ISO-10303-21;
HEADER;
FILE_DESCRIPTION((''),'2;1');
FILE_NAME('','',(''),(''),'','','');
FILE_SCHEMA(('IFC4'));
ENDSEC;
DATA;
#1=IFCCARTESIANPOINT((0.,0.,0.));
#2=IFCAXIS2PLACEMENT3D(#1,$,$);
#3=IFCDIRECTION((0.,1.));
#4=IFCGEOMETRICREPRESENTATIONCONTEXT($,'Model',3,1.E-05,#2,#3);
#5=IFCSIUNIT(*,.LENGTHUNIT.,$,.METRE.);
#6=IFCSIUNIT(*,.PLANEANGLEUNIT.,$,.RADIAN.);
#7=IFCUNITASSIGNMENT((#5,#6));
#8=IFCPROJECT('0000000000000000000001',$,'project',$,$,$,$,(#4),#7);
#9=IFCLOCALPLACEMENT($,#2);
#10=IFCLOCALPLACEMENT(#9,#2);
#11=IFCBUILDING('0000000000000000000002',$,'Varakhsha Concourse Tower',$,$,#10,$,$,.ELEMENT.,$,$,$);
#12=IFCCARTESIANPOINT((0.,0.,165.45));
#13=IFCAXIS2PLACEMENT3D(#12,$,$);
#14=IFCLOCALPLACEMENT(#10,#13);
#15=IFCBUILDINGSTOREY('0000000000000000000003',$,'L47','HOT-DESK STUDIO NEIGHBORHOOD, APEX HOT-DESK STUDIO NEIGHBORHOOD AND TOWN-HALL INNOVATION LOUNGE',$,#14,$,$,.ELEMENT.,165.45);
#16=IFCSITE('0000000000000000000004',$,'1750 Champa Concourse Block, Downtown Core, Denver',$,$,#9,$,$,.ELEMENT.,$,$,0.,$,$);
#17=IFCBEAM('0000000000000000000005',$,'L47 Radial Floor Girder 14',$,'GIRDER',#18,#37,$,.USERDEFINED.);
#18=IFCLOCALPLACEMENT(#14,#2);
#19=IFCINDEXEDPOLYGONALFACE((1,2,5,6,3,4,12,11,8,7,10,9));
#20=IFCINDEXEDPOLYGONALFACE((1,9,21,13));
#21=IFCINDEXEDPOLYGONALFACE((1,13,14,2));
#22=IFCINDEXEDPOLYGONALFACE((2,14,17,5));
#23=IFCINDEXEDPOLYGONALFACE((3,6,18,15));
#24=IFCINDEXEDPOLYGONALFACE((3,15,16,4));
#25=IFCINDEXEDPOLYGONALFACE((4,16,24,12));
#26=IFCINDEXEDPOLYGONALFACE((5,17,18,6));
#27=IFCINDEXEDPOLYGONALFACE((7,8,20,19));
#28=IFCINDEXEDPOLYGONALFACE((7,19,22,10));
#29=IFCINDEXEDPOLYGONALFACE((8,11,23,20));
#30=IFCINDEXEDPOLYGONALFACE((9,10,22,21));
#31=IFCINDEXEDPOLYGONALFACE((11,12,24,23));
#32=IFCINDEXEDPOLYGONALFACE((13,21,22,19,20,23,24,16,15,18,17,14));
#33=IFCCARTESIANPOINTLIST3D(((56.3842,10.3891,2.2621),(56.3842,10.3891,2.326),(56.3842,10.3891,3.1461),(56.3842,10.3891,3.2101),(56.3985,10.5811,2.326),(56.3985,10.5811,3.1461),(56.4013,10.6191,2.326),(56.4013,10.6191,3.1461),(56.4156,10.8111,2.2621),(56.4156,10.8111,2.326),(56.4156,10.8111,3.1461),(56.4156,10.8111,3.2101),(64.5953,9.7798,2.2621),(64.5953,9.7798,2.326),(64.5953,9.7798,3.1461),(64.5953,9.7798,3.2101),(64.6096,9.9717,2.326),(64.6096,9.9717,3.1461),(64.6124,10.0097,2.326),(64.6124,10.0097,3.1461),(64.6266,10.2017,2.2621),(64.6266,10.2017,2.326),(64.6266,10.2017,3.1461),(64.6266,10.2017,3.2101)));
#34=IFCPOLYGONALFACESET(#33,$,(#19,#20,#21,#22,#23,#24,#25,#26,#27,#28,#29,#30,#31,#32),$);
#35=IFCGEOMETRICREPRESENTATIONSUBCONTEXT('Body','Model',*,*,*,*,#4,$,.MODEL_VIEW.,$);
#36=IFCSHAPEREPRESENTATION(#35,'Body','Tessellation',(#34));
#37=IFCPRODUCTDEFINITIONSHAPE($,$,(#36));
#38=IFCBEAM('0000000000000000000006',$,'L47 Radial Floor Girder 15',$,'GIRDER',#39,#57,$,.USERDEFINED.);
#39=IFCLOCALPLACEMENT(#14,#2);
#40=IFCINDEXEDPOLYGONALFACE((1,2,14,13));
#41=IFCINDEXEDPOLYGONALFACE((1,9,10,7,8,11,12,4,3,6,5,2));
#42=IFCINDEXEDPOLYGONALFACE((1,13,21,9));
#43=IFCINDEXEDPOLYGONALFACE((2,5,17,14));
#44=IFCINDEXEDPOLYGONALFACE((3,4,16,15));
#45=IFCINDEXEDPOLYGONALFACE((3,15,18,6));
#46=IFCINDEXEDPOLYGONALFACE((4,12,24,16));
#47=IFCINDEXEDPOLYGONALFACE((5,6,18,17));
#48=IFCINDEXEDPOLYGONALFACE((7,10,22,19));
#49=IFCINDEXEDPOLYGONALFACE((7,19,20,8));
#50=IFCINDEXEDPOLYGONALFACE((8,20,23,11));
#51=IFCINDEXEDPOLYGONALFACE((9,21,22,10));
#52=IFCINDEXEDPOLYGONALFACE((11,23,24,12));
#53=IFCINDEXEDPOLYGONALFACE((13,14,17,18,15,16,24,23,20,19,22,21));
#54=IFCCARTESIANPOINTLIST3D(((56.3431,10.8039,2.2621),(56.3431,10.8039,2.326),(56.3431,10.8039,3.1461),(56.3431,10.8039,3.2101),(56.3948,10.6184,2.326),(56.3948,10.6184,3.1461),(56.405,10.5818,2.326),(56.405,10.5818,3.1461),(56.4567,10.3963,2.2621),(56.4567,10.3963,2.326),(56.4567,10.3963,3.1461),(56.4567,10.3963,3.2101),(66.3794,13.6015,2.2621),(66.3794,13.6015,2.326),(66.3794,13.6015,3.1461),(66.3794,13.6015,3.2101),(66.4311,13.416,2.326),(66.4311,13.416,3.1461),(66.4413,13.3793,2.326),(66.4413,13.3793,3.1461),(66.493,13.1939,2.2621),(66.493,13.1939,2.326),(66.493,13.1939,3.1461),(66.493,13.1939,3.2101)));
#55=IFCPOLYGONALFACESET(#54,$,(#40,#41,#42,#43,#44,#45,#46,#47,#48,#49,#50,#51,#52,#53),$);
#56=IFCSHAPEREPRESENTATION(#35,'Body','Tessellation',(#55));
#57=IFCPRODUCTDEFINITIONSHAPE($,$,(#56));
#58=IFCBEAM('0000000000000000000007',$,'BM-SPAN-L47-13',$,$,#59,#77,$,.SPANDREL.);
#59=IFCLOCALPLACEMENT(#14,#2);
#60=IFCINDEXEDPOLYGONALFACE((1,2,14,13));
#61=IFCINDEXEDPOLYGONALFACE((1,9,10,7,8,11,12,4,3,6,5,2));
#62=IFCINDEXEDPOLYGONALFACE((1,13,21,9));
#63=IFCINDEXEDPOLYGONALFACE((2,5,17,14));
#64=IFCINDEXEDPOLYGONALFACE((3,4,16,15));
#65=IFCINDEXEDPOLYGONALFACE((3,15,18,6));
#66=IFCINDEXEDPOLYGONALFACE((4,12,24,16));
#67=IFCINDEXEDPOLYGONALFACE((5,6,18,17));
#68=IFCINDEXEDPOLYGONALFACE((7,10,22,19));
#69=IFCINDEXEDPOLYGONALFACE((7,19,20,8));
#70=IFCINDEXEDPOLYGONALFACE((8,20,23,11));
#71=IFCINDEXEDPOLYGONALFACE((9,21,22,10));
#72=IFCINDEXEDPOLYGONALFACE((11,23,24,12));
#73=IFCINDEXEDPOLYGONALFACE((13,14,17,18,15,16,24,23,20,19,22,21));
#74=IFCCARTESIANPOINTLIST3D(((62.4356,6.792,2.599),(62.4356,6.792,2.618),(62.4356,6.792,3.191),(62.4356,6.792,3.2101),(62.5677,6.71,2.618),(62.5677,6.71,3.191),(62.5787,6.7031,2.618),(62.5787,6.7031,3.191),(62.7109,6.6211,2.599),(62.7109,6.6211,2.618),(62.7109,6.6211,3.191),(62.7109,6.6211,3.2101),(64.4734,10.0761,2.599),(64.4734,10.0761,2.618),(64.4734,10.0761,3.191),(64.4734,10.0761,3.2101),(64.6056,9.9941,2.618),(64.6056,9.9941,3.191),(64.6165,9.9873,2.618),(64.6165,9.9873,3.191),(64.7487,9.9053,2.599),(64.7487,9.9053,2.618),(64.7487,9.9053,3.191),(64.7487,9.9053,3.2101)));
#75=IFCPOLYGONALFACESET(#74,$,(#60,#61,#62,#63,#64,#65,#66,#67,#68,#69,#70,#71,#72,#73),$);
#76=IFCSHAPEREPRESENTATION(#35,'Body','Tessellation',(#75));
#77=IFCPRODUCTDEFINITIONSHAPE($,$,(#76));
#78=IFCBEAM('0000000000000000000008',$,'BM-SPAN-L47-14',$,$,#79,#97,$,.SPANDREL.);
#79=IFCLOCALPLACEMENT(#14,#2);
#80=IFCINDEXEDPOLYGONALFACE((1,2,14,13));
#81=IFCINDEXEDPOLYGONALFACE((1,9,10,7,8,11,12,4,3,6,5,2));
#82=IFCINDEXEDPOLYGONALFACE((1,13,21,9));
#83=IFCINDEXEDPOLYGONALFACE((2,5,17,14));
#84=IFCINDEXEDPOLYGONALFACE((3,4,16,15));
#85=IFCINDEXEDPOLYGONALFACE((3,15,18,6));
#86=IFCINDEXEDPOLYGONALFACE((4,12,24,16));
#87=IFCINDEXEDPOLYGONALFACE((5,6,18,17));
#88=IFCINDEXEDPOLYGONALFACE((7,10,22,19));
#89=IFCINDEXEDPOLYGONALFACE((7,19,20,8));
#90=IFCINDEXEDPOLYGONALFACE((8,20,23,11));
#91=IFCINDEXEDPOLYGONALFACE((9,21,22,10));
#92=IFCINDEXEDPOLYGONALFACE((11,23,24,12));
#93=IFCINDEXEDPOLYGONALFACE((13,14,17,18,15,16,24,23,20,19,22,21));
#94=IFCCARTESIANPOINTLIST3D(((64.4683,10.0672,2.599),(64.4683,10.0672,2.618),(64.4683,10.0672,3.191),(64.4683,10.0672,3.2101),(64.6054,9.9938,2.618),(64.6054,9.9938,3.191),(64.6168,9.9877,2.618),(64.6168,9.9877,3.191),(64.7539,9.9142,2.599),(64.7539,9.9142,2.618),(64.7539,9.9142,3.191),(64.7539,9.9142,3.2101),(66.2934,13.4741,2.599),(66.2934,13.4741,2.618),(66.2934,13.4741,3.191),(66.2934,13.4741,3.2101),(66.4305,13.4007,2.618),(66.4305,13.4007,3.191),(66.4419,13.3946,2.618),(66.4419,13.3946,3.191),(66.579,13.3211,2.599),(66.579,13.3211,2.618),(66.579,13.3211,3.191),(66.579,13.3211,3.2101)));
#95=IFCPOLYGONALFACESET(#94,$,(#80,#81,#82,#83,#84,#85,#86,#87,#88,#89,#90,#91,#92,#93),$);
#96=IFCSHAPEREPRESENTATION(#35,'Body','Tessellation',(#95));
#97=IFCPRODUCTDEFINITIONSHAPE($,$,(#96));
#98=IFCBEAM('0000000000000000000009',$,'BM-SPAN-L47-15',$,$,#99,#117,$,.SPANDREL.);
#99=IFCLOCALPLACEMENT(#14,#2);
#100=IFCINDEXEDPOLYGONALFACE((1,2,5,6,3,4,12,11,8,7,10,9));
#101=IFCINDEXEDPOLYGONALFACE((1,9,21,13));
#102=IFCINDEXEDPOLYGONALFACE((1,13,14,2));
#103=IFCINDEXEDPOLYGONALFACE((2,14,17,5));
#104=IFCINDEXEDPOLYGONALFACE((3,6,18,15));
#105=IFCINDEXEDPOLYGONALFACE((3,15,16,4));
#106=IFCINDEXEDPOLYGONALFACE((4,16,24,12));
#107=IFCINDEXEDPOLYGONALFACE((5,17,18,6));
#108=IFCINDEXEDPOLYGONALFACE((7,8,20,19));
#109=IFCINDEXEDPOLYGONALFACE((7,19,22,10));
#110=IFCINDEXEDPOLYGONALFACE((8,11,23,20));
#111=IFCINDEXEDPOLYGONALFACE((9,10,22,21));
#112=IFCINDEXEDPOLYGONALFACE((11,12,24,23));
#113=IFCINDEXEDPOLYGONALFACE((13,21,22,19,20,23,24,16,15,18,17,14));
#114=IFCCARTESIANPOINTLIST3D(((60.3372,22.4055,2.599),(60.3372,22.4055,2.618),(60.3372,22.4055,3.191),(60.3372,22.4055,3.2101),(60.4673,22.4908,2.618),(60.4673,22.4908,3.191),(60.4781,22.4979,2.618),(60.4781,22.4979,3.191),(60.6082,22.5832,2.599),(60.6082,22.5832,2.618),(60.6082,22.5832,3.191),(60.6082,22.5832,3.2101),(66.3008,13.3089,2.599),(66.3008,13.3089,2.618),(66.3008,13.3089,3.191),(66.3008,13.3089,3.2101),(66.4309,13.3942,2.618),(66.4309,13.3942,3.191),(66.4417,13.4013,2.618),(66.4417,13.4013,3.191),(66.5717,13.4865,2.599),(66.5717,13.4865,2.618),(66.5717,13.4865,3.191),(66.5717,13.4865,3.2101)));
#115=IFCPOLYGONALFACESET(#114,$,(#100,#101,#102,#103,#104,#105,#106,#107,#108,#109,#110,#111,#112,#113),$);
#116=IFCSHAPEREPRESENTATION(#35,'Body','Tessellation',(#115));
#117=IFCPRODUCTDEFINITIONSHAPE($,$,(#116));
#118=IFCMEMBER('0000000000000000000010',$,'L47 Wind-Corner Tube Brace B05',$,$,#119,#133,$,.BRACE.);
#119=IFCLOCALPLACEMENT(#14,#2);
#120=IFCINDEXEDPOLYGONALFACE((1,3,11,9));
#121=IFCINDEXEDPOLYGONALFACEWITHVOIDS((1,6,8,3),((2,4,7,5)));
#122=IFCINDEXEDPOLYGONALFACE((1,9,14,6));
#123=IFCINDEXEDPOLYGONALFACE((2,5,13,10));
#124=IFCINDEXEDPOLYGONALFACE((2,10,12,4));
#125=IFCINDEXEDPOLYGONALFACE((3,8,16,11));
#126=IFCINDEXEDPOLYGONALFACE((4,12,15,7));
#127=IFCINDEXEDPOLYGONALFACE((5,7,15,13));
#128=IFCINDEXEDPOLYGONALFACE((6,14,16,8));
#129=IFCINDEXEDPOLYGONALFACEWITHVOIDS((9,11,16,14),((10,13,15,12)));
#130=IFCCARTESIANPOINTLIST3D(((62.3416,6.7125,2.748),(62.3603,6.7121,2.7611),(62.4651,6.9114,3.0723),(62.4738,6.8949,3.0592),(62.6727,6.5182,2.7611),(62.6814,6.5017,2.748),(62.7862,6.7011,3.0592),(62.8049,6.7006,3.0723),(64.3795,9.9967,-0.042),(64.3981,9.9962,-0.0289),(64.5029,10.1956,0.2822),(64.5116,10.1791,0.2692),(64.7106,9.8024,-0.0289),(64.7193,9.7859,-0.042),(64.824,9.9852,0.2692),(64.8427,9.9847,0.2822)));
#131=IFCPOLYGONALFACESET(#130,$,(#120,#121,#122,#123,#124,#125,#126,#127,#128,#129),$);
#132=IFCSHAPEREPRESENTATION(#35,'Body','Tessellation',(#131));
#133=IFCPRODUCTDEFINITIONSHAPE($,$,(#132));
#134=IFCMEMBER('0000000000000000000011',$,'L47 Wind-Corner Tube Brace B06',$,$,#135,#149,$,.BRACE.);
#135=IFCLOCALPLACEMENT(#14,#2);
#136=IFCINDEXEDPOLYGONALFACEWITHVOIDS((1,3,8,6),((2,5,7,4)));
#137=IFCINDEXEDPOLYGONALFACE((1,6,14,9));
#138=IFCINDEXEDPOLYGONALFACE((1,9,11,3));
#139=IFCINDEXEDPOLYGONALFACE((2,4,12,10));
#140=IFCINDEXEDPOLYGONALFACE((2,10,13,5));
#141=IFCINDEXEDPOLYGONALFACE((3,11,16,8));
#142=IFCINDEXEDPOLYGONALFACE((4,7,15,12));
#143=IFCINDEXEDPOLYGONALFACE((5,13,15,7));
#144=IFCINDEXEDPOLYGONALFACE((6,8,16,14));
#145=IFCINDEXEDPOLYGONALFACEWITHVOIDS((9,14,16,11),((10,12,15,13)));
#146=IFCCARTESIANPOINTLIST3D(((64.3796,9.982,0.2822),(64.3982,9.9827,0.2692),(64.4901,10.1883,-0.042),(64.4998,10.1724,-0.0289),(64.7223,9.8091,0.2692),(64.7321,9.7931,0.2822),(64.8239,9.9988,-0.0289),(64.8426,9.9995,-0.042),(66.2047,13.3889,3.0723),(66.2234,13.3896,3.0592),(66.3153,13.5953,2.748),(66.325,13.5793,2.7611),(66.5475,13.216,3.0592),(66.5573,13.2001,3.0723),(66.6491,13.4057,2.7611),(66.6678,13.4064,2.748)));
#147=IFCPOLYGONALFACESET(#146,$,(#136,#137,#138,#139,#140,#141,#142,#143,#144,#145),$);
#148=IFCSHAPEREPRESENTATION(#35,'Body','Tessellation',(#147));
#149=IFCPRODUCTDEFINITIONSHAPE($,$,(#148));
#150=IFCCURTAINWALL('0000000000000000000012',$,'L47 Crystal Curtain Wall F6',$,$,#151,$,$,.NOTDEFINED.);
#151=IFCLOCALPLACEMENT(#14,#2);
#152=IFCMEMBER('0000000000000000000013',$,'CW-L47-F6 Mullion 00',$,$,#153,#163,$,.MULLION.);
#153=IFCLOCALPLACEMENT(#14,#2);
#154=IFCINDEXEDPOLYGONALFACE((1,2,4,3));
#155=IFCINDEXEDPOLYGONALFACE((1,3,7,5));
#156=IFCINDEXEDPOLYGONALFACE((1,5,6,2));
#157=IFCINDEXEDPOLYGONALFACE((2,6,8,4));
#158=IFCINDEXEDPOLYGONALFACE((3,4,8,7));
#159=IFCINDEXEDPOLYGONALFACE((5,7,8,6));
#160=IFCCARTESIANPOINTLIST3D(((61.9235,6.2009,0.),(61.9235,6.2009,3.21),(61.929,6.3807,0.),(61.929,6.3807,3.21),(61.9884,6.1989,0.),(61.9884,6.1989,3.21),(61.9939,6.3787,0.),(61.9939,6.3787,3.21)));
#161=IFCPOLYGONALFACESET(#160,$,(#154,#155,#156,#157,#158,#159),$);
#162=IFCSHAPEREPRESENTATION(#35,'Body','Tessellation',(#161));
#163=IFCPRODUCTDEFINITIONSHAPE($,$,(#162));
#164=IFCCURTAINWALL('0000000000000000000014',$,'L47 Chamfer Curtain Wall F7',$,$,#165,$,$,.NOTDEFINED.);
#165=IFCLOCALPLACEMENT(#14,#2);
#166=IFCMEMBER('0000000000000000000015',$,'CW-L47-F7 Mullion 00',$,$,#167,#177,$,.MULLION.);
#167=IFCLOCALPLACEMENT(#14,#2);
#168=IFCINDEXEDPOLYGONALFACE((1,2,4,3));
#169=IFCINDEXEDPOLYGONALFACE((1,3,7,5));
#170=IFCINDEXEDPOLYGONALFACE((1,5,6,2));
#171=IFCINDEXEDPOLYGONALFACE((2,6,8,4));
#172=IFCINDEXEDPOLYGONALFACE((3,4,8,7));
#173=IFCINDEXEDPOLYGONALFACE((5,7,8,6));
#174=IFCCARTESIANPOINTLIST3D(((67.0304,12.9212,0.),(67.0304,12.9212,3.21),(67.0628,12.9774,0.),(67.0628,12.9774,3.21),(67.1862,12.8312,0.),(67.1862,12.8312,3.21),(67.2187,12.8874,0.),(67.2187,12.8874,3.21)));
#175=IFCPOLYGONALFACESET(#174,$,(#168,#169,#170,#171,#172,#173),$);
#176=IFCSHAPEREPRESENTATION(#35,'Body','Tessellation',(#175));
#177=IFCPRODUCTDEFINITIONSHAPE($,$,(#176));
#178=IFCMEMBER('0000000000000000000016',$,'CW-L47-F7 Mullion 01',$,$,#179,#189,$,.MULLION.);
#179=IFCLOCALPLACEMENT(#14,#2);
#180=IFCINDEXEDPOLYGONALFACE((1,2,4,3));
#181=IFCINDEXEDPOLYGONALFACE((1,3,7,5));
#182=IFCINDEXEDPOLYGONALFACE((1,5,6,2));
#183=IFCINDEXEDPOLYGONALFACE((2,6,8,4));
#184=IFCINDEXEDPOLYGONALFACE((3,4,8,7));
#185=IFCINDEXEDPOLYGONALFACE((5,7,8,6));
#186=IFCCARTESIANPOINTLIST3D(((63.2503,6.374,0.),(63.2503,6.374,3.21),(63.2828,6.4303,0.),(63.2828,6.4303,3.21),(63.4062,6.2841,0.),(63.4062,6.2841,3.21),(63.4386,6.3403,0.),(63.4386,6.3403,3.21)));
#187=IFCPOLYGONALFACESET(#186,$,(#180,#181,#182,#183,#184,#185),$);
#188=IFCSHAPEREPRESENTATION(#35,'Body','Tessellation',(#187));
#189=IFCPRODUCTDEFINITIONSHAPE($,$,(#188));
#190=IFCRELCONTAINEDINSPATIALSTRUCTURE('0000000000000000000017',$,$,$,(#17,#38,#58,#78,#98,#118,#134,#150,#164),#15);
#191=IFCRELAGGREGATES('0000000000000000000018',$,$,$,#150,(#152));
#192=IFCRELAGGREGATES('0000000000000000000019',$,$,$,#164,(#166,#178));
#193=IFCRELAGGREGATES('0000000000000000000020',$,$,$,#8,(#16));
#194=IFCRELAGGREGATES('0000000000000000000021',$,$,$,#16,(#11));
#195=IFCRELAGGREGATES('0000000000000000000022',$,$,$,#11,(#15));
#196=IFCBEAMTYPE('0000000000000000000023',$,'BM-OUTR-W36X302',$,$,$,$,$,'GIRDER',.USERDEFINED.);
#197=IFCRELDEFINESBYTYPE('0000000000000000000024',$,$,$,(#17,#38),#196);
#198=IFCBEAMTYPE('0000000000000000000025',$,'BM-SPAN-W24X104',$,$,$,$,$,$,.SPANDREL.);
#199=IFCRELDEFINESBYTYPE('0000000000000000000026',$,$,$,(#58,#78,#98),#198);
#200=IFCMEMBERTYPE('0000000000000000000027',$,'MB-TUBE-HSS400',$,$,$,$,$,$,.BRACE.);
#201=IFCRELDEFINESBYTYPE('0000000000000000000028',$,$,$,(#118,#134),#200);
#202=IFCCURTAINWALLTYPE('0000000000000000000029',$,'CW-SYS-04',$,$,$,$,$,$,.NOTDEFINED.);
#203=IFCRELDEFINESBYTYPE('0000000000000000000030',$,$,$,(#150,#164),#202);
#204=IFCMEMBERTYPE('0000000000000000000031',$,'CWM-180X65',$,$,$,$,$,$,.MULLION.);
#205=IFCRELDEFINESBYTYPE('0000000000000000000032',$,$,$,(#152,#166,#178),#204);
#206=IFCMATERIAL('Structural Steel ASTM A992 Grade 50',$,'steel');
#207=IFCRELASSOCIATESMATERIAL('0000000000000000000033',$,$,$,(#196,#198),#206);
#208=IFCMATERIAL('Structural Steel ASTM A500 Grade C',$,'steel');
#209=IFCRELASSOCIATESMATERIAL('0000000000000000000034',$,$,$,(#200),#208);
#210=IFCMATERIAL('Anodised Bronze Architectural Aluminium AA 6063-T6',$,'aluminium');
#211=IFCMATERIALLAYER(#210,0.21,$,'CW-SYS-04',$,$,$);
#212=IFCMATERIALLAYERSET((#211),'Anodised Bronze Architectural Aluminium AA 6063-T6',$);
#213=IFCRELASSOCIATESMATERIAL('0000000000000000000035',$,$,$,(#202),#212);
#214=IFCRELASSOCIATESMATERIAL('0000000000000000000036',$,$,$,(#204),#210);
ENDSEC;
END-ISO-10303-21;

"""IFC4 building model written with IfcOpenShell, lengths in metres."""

from ifc_helpers import new_model, si_unit, direction, frame, origin, origin_2d, place, context, subcontext, project, spatial, rectangle, hollow_rectangle, i_section, extrude, source, transform, mapped, material, layer, layer_set, material_profile, profile_set, type_object, type_shapes, element, aggregate, save


model = new_model("IFC4")

# Units and contexts
model_context = context("Model", 3, precision=1e-05, world=origin(), true_north=direction((0.0, 1.0)))
body_context = subcontext(model_context, "Body", "Model", "MODEL_VIEW")
ifc_project = project(units=[si_unit("LENGTHUNIT", "METRE"), si_unit("PLANEANGLEUNIT", "RADIAN")], contexts=[model_context])

# Site, building, storey
site_placement = place(None, origin())
site = spatial("IfcSite", under=ifc_project, at=site_placement, Name="1750 Champa Concourse Block, Downtown Core, Denver", CompositionType="ELEMENT", RefElevation=0.0)
building_placement = place(site_placement, origin())
building = spatial("IfcBuilding", under=site, at=building_placement, Name="Varakhsha Concourse Tower", CompositionType="ELEMENT")
storey_placement = place(building_placement, frame((0.0, 0.0, 165.45)))
storey = spatial("IfcBuildingStorey", under=building, at=storey_placement, Name="L47", Description="HOT-DESK STUDIO NEIGHBORHOOD, APEX HOT-DESK STUDIO NEIGHBORHOOD AND TOWN-HALL INNOVATION LOUNGE", CompositionType="ELEMENT", Elevation=165.45)

# Shared definitions
ifc_material_1 = material(Name="Structural Steel ASTM A992 Grade 50", Category="steel")

# Beams
ifc_material_profile_1 = material_profile(ifc_material_1, i_section(OverallWidth=0.4231, OverallDepth=0.948, WebThickness=0.0381, FlangeThickness=0.064, at=origin_2d()), Name="W36X302")
ifc_profile_set_1 = profile_set([ifc_material_profile_1], Name="Structural Steel ASTM A992 Grade 50")
beam_type_1 = type_object("IfcBeamType", Name="BM-OUTR-W36X302", ElementType="GIRDER", PredefinedType="USERDEFINED", material=ifc_profile_set_1)
beam_1_placement = place(storey_placement, frame((56.3999, 10.6001, 2.7361), z_axis=(0.997258, -0.074009, 0.0), x_axis=(0.074009, 0.997258, 0.0)))
element("IfcBeam", 1, at=beam_1_placement, inside=storey, type_object=beam_type_1, Name="L47 Radial Floor Girder 14", ObjectType="GIRDER", PredefinedType="USERDEFINED", context=body_context, shape_type="SweptSolid", body=[
    extrude(i_section(OverallWidth=0.4231, OverallDepth=0.948, WebThickness=0.0381, FlangeThickness=0.064, at=origin_2d()), origin(), (0.0, 0.0, 1.0), 8.2336),
])
beam_2_placement = place(storey_placement, frame((56.3999, 10.6001, 2.7361), z_axis=(0.963277, 0.26851, 0.0), x_axis=(-0.26851, 0.963277, 0.0)))
element("IfcBeam", 2, at=beam_2_placement, inside=storey, type_object=beam_type_1, Name="L47 Radial Floor Girder 15", ObjectType="GIRDER", PredefinedType="USERDEFINED", context=body_context, shape_type="SweptSolid", body=[
    extrude(i_section(OverallWidth=0.4231, OverallDepth=0.948, WebThickness=0.0381, FlangeThickness=0.064, at=origin_2d()), origin(), (0.0, 0.0, 1.0), 10.4189),
])
ifc_material_profile_2 = material_profile(ifc_material_1, i_section(OverallWidth=0.324, OverallDepth=0.6111, WebThickness=0.0129, FlangeThickness=0.019, at=origin_2d()), Name="W24X104")
ifc_profile_set_2 = profile_set([ifc_material_profile_2], Name="Structural Steel ASTM A992 Grade 50")
beam_type_2 = type_object("IfcBeamType", Name="BM-SPAN-W24X104", PredefinedType="SPANDREL", material=ifc_profile_set_2)
for number, where, z_axis, x_axis, name in (
    (3, (62.5732, 6.7065, 2.9045), (0.527248, 0.849711, 0.0), (-0.849711, 0.527248, 0.0), "BM-SPAN-L47-13"),
    (4, (64.6111, 9.9907, 2.9045), (0.472227, 0.881477, 0.0), (-0.881477, 0.472227, 0.0), "BM-SPAN-L47-14"),
):
    element("IfcBeam", number, at=place(storey_placement, frame(where, z_axis=z_axis, x_axis=x_axis)), inside=storey, type_object=beam_type_2, Name=name, PredefinedType="SPANDREL", context=body_context, shape_type="SweptSolid", body=[
        extrude(i_section(OverallWidth=0.324, OverallDepth=0.6111, WebThickness=0.0129, FlangeThickness=0.019, at=origin_2d()), origin(), (0.0, 0.0, 1.0), 3.865),
    ])
beam_3_placement = place(storey_placement, frame((66.4363, 13.3977, 2.9045), z_axis=(-0.548266, 0.836304, 0.0), x_axis=(-0.836304, -0.548266, 0.0)))
element("IfcBeam", 5, at=beam_3_placement, inside=storey, type_object=beam_type_2, Name="BM-SPAN-L47-15", PredefinedType="SPANDREL", context=body_context, shape_type="SweptSolid", body=[
    extrude(i_section(OverallWidth=0.324, OverallDepth=0.6111, WebThickness=0.0129, FlangeThickness=0.019, at=origin_2d()), origin(), (0.0, 0.0, 1.0), 10.8772),
])

# Members
ifc_material_2 = material(Name="Structural Steel ASTM A500 Grade C", Category="steel")
ifc_material_profile_3 = material_profile(ifc_material_2, hollow_rectangle(XDim=0.3999, YDim=0.3999, WallThickness=0.0161, at=origin_2d()), Name="HSS 400x400x16")
ifc_profile_set_3 = profile_set([ifc_material_profile_3], Name="Structural Steel ASTM A500 Grade C")
member_type_1 = type_object("IfcMemberType", Name="MB-TUBE-HSS400", PredefinedType="BRACE", material=ifc_profile_set_3)
shared_shape_1 = source(origin(), body_context, "Body", "SweptSolid", [
    extrude(hollow_rectangle(XDim=0.3999, YDim=0.3999, WallThickness=0.0161, at=origin_2d()), origin(), (0.0, 0.0, 1.0), 4.7668),
])
type_shapes(member_type_1, [shared_shape_1])
for number, where, z_axis, x_axis, name in (
    (6, (64.6111, 9.9907, 0.1201), (-0.427502, -0.688961, 0.585299), (0.849711, -0.527248, 0.0), "L47 Wind-Corner Tube Brace B05"),
    (7, (64.6111, 9.9907, 0.1201), (0.382891, 0.714719, 0.585296), (-0.881477, 0.472227, 0.0), "L47 Wind-Corner Tube Brace B06"),
):
    element("IfcMember", number, at=place(storey_placement, frame(where, z_axis=z_axis, x_axis=x_axis)), inside=storey, type_object=member_type_1, Name=name, PredefinedType="BRACE", context=body_context, shape_type="MappedRepresentation", body=[
        mapped(shared_shape_1, transform((0.0, 0.0, 0.0), scale=1.0)),
    ])

# Curtain wall, member
ifc_material_3 = material(Name="Anodised Bronze Architectural Aluminium AA 6063-T6", Category="aluminium")
ifc_layer_1 = layer(ifc_material_3, 0.21, Name="CW-SYS-04")
ifc_layer_set_1 = layer_set([ifc_layer_1], Name="Anodised Bronze Architectural Aluminium AA 6063-T6")
curtain_wall_type = type_object("IfcCurtainWallType", Name="CW-SYS-04", PredefinedType="NOTDEFINED", material=ifc_layer_set_1)
curtain_wall_1_placement = place(storey_placement, origin())
curtain_wall_1 = element("IfcCurtainWall", 8, at=curtain_wall_1_placement, inside=storey, type_object=curtain_wall_type, Name="L47 Crystal Curtain Wall F6", PredefinedType="NOTDEFINED")
ifc_material_profile_4 = material_profile(ifc_material_3, rectangle(XDim=0.0649, YDim=0.1799, at=origin_2d()), Name="CWM-180X65")
ifc_profile_set_4 = profile_set([ifc_material_profile_4], Name="Anodised Bronze Architectural Aluminium AA 6063-T6")
member_type_2 = type_object("IfcMemberType", Name="CWM-180X65", PredefinedType="MULLION", material=ifc_profile_set_4)
shared_shape_2 = source(origin(), body_context, "Body", "SweptSolid", [
    extrude(rectangle(XDim=0.0649, YDim=0.1799, at=origin_2d()), origin(), (0.0, 0.0, 1.0), 3.21),
])
type_shapes(member_type_2, [shared_shape_2])
member_1_placement = place(storey_placement, frame((61.9587, 6.2898, 0.0), z_axis=(0.0, 0.0, 1.0), x_axis=(-0.999534, 0.030525, 0.0)))
member_1 = element("IfcMember", 9, at=member_1_placement, type_object=member_type_2, Name="CW-L47-F6 Mullion 00", PredefinedType="MULLION", context=body_context, shape_type="MappedRepresentation", body=[
    mapped(shared_shape_2, transform((0.0, 0.0, 0.0), scale=1.0)),
])

# Curtain wall, members
curtain_wall_2_placement = place(storey_placement, origin())
curtain_wall_2 = element("IfcCurtainWall", 10, at=curtain_wall_2_placement, inside=storey, type_object=curtain_wall_type, Name="L47 Chamfer Curtain Wall F7", PredefinedType="NOTDEFINED")
member_2_placement = place(storey_placement, frame((67.1245, 12.9043, 0.0), z_axis=(0.0, 0.0, 1.0), x_axis=(-0.499991, -0.866031, 0.0)))
member_2 = element("IfcMember", 11, at=member_2_placement, type_object=member_type_2, Name="CW-L47-F7 Mullion 00", PredefinedType="MULLION", context=body_context, shape_type="MappedRepresentation", body=[
    mapped(shared_shape_2, transform((0.0, 0.0, 0.0), scale=1.0)),
])
member_3_placement = place(storey_placement, frame((63.3445, 6.3572, 0.0), z_axis=(0.0, 0.0, 1.0), x_axis=(-0.499991, -0.866031, 0.0)))
member_3 = element("IfcMember", 12, at=member_3_placement, type_object=member_type_2, Name="CW-L47-F7 Mullion 01", PredefinedType="MULLION", context=body_context, shape_type="MappedRepresentation", body=[
    mapped(shared_shape_2, transform((0.0, 0.0, 0.0), scale=1.0)),
])

aggregate(curtain_wall_1, [member_1])
aggregate(curtain_wall_2, [member_2, member_3])

save(model, "model.ifc")
